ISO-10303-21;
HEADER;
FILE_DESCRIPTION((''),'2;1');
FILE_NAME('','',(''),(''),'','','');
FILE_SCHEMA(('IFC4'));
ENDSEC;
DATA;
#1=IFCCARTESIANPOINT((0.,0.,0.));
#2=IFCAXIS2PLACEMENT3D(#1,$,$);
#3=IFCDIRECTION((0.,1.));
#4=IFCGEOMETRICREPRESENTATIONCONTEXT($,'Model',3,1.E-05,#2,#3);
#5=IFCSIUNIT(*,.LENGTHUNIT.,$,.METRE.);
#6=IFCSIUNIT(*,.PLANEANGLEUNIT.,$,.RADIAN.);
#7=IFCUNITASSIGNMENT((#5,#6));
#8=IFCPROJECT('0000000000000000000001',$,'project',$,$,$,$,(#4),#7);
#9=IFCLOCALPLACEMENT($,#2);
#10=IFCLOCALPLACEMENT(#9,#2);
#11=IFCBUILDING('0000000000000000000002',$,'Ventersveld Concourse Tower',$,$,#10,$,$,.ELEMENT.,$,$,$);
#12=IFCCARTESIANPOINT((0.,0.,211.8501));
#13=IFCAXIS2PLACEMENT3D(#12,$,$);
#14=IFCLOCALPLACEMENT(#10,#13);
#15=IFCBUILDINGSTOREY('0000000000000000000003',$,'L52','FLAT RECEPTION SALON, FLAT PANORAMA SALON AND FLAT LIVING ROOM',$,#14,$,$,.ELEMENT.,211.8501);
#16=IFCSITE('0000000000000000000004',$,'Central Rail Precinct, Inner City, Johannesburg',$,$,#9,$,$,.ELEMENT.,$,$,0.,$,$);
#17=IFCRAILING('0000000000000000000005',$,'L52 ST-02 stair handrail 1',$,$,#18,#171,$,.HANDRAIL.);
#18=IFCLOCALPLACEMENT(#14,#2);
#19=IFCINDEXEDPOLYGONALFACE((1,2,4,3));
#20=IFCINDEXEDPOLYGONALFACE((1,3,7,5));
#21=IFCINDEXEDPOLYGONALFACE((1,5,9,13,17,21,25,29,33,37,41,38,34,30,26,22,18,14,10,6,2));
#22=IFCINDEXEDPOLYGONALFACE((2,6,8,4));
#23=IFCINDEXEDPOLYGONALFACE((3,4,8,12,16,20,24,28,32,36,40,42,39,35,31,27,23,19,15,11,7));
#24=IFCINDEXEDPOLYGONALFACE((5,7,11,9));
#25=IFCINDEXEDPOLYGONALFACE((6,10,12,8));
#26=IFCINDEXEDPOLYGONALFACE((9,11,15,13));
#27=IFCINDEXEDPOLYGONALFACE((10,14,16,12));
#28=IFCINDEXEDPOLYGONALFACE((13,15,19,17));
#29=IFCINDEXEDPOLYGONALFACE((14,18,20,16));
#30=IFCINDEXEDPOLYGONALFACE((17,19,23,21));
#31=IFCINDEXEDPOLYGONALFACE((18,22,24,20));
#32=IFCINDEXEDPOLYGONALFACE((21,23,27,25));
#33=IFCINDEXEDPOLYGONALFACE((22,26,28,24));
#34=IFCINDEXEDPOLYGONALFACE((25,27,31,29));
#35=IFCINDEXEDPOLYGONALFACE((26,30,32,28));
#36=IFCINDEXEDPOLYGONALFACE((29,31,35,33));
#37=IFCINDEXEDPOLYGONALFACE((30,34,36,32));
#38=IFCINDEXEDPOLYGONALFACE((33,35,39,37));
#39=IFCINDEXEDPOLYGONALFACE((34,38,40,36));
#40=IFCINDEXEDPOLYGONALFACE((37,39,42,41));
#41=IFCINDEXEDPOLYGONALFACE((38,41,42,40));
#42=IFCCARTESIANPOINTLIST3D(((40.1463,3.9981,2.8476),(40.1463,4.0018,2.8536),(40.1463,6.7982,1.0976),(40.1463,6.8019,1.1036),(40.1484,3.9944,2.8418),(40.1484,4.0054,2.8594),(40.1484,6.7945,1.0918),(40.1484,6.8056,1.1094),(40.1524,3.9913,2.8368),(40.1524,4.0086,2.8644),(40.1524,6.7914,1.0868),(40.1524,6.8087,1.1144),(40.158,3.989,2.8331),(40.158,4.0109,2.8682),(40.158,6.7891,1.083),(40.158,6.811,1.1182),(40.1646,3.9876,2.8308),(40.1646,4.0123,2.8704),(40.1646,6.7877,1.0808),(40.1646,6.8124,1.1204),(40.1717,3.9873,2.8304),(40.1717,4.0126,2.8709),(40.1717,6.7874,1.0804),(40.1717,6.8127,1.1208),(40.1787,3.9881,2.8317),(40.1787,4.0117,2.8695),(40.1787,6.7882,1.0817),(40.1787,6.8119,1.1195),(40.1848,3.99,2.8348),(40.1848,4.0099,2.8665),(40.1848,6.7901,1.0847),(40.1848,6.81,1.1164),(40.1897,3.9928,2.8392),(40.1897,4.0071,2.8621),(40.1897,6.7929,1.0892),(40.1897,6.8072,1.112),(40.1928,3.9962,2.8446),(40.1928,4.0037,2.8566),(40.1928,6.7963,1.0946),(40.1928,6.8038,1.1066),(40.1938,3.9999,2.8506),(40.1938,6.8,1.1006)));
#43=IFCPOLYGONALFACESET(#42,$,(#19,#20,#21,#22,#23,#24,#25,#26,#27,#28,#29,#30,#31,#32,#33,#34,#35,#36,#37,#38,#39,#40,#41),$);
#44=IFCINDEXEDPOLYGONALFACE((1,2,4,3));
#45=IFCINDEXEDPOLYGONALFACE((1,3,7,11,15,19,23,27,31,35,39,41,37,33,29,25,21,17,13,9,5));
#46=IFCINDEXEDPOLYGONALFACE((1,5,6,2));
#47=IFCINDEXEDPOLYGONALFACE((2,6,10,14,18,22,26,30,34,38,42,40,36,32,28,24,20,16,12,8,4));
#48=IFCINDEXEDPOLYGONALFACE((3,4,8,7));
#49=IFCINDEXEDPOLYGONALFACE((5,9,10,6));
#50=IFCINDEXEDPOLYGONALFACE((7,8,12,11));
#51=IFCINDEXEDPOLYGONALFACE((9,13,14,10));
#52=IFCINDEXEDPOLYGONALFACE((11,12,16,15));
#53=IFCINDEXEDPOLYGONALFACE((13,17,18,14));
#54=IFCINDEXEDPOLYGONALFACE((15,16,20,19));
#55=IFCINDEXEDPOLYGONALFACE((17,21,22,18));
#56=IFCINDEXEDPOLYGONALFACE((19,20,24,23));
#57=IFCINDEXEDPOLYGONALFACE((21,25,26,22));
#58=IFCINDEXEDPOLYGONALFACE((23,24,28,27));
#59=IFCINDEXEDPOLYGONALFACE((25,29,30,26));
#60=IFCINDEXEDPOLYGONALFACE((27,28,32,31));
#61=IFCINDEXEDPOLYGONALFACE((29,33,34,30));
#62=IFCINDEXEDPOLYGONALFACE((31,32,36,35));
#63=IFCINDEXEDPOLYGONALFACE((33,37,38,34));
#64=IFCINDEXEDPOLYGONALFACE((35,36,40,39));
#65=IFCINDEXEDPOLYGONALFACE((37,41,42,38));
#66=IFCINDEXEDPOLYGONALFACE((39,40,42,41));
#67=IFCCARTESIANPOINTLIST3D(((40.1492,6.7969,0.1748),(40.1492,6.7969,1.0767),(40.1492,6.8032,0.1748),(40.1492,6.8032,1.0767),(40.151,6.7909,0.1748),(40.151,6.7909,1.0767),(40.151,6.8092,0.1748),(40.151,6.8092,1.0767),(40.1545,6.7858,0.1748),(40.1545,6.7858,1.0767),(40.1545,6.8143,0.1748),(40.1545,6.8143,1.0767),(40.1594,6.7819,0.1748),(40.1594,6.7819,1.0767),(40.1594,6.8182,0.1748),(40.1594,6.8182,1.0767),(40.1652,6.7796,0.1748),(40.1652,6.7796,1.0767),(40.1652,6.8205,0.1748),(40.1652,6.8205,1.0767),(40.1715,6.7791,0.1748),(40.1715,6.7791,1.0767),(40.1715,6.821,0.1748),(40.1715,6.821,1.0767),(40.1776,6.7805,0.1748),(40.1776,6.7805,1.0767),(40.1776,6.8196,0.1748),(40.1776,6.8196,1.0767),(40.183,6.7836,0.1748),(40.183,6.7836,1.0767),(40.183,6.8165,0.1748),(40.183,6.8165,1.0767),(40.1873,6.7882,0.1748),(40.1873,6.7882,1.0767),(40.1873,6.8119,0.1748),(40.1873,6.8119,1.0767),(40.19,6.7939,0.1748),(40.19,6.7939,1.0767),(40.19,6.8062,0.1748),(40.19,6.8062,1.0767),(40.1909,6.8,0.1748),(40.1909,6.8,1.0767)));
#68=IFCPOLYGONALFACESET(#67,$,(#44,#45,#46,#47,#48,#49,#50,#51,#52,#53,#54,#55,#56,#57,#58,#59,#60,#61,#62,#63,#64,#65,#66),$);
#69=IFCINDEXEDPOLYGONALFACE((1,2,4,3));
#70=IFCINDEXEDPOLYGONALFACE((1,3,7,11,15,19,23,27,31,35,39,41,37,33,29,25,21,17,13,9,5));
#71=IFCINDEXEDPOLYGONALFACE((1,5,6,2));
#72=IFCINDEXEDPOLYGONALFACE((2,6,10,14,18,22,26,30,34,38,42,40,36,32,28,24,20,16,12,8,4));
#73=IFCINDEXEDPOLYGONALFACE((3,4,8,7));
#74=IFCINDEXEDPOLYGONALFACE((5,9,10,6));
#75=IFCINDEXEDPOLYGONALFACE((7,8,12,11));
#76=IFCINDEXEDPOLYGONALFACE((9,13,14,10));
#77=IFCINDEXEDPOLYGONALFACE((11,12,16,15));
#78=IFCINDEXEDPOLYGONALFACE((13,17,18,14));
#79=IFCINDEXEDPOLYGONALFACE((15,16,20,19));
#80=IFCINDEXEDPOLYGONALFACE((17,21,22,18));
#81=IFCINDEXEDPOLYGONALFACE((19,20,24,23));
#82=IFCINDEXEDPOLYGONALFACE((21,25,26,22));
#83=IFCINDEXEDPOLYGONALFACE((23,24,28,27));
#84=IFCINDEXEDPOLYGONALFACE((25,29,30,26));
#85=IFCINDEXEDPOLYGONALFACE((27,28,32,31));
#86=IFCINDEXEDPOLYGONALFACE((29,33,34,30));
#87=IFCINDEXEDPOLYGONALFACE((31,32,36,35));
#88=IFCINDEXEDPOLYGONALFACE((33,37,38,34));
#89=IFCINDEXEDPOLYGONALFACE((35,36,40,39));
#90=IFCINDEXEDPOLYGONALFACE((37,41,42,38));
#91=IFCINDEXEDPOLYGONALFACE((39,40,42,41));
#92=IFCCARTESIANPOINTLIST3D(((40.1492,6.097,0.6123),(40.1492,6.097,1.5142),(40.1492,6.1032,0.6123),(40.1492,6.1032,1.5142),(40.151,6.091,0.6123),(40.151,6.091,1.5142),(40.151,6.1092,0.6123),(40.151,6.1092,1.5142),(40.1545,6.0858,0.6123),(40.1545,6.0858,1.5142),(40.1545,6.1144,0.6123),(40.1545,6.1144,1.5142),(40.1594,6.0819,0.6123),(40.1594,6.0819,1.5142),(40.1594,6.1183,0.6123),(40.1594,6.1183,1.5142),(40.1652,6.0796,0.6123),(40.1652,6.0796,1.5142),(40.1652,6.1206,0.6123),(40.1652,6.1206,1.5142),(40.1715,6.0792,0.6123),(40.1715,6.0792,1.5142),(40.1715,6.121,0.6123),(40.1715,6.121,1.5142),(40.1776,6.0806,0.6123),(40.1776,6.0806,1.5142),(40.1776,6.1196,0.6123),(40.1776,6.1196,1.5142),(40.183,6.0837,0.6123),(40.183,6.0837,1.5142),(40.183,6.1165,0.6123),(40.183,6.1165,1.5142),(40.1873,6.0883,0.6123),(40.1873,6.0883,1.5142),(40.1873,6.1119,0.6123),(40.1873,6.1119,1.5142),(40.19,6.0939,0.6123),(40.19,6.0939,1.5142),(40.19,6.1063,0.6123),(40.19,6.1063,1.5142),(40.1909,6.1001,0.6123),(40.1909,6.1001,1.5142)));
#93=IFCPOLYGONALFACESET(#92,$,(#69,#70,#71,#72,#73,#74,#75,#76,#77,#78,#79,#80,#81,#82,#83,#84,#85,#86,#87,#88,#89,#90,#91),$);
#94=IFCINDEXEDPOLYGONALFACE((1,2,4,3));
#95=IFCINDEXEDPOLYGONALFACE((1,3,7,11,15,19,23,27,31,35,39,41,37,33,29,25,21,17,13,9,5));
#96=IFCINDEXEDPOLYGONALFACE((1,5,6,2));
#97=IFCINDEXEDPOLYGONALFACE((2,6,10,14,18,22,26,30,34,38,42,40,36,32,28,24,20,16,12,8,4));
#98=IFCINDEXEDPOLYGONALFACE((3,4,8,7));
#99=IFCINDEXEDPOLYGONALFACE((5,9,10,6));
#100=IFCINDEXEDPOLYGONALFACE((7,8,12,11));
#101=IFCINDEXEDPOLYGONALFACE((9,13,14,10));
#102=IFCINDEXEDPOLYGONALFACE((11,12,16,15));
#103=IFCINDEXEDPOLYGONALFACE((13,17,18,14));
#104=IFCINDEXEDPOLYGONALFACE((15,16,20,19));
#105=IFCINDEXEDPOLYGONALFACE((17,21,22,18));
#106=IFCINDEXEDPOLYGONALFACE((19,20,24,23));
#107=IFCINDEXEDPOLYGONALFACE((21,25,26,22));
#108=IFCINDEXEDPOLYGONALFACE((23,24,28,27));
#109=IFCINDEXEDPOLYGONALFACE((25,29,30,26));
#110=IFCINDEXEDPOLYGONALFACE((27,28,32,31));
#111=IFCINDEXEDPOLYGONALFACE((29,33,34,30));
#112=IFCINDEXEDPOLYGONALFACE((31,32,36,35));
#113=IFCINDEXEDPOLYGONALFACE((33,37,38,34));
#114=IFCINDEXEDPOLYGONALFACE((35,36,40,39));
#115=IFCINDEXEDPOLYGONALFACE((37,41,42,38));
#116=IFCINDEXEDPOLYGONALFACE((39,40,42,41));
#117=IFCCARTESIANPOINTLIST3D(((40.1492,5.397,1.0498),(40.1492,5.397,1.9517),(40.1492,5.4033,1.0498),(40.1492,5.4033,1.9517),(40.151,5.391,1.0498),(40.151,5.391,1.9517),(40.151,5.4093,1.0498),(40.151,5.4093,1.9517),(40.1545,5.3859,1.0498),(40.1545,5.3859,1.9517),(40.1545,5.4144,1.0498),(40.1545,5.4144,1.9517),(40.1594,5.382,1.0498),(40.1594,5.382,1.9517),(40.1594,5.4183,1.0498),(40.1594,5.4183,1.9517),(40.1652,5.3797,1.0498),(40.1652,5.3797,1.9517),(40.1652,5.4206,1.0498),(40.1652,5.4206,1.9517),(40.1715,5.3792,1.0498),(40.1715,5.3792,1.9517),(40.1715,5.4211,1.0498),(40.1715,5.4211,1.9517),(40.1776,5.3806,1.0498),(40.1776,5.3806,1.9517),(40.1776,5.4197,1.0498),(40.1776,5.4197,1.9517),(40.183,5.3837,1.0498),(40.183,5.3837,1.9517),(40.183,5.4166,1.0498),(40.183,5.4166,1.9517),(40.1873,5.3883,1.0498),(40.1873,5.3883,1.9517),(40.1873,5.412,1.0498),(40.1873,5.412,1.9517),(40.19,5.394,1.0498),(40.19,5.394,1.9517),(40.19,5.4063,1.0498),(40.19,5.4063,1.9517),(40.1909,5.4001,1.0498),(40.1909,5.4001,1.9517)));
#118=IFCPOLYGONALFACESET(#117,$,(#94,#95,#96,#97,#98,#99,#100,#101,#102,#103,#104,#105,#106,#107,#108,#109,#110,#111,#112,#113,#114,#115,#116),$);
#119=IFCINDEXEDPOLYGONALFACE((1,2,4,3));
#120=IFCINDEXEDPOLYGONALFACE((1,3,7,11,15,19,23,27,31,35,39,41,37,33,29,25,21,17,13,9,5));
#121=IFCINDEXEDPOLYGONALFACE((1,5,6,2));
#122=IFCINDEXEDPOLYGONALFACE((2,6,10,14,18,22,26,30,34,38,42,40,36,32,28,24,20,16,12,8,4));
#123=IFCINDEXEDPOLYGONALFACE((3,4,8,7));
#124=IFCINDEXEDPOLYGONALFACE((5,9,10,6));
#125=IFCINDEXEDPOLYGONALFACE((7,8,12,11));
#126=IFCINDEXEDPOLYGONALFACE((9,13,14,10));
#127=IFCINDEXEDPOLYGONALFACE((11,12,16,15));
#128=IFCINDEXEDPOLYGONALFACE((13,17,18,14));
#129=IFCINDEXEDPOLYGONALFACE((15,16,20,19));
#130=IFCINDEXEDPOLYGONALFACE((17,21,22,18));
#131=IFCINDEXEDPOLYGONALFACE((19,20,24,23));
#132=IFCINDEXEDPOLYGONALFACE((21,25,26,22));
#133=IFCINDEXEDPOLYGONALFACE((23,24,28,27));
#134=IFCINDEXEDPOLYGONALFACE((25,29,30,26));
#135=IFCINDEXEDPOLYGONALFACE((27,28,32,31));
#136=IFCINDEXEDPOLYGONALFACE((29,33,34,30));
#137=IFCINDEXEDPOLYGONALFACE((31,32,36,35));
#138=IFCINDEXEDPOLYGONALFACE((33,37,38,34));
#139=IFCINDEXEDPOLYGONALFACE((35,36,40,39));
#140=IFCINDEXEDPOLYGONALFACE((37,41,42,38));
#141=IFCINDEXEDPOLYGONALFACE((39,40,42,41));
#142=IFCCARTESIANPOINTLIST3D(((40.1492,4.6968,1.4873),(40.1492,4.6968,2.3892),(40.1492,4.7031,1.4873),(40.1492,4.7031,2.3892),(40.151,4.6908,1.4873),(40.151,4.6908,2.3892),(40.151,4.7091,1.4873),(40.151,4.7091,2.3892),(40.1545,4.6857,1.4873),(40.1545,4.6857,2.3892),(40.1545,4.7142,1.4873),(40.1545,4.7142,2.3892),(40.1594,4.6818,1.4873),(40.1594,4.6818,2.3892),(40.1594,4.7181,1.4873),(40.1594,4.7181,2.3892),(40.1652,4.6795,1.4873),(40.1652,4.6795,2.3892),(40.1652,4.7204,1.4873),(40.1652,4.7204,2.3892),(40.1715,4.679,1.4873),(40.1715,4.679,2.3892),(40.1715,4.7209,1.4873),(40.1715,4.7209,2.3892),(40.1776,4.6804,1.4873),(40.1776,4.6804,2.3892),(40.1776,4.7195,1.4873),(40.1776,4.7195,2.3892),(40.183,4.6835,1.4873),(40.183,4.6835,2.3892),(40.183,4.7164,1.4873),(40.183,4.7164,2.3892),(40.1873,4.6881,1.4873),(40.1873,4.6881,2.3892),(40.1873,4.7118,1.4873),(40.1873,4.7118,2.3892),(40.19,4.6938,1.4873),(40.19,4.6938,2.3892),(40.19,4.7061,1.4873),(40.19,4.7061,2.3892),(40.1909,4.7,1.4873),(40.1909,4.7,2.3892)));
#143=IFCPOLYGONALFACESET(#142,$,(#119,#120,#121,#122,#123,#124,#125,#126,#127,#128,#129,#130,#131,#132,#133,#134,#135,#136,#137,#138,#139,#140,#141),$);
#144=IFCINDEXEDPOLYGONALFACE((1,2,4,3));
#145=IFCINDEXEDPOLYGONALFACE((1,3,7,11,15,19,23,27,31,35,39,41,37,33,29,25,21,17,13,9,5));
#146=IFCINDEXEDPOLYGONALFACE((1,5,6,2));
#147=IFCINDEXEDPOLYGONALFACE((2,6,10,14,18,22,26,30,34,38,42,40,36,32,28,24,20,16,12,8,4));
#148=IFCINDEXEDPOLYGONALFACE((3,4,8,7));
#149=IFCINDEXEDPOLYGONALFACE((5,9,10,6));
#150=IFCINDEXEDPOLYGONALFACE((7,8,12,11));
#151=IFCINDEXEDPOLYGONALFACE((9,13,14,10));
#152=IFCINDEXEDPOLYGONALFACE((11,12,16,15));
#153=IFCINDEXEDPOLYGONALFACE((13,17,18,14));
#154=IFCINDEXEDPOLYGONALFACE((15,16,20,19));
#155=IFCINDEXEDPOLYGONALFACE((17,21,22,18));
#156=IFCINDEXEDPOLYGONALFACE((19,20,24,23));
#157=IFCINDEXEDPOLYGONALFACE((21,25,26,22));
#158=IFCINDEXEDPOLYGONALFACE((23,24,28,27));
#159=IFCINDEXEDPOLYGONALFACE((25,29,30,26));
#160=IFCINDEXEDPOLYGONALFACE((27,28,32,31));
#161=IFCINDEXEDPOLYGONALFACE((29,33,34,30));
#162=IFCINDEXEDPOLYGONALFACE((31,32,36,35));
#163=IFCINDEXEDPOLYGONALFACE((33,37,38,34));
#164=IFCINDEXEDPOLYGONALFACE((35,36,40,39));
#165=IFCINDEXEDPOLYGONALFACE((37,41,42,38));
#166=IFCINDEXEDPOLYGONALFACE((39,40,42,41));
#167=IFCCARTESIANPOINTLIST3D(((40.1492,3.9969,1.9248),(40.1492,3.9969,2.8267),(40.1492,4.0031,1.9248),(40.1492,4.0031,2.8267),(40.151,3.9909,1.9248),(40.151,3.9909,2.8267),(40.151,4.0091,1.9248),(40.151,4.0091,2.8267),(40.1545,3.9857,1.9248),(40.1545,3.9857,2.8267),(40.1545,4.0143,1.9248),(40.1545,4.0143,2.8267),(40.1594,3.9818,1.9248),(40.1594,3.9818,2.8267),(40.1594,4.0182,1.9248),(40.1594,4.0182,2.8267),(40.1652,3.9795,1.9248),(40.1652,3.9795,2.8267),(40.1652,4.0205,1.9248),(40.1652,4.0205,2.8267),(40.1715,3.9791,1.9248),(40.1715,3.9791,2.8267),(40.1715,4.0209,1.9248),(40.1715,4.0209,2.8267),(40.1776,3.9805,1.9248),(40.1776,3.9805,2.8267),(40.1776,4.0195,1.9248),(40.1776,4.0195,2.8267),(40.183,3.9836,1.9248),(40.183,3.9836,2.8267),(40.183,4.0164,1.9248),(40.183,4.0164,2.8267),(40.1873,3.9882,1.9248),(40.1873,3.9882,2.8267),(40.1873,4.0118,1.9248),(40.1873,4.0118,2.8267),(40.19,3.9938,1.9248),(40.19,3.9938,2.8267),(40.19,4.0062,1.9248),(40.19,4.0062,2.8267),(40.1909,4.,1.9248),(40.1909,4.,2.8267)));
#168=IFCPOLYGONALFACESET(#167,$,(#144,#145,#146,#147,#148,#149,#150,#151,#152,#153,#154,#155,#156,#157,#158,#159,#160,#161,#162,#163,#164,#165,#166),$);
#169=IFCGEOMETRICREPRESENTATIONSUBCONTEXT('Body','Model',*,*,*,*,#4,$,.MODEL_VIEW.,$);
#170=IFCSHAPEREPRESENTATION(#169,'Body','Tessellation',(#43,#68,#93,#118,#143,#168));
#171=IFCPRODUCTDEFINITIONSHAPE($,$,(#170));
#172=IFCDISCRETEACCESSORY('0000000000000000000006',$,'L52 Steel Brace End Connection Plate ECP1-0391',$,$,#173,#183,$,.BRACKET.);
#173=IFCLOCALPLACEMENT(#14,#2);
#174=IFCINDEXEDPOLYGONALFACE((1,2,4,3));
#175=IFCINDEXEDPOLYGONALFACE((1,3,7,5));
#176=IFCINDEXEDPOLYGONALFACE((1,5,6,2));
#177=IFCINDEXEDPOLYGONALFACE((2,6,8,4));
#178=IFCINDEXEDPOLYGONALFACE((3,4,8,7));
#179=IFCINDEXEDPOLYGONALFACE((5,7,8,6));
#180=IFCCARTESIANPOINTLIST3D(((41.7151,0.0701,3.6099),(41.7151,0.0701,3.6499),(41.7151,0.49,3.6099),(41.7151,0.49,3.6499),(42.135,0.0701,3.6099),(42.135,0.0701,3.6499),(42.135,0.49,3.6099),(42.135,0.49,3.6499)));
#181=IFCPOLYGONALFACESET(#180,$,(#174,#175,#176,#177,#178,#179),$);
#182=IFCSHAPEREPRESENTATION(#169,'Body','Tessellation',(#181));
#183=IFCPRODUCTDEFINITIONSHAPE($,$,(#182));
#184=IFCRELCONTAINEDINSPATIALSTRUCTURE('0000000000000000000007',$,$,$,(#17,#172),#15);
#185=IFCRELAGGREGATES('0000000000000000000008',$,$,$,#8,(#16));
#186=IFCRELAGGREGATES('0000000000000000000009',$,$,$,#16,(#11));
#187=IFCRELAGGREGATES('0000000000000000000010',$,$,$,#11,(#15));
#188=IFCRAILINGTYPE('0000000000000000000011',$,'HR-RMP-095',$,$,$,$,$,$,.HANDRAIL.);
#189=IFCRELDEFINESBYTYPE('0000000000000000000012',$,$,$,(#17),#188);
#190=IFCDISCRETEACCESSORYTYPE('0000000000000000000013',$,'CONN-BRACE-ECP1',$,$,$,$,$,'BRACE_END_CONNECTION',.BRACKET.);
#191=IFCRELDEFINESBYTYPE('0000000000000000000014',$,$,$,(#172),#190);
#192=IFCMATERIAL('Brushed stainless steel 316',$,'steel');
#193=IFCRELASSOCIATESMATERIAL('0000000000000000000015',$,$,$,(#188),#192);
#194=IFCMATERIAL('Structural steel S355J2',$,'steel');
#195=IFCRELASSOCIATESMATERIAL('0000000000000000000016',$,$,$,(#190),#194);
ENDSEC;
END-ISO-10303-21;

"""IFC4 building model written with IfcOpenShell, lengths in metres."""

from ifc_helpers import new_model, si_unit, direction, frame, origin, origin_2d, place, context, subcontext, project, spatial, rectangle, circle, extrude, material, type_object, element, save


model = new_model("IFC4")

# Units and contexts
model_context = context("Model", 3, precision=1e-05, world=origin(), true_north=direction((0.0, 1.0)))
body_context = subcontext(model_context, "Body", "Model", "MODEL_VIEW")
ifc_project = project(units=[si_unit("LENGTHUNIT", "METRE"), si_unit("PLANEANGLEUNIT", "RADIAN")], contexts=[model_context])

# Site, building, storey
site_placement = place(None, origin())
site = spatial("IfcSite", under=ifc_project, at=site_placement, Name="Central Rail Precinct, Inner City, Johannesburg", CompositionType="ELEMENT", RefElevation=0.0)
building_placement = place(site_placement, origin())
building = spatial("IfcBuilding", under=site, at=building_placement, Name="Ventersveld Concourse Tower", CompositionType="ELEMENT")
storey_placement = place(building_placement, frame((0.0, 0.0, 211.8501)))
storey = spatial("IfcBuildingStorey", under=building, at=storey_placement, Name="L52", Description="FLAT RECEPTION SALON, FLAT PANORAMA SALON AND FLAT LIVING ROOM", CompositionType="ELEMENT", Elevation=211.8501)

# Shared definitions
ifc_material_1 = material(Name="Structural steel S355J2", Category="steel")

# Shared definitions
ifc_material_2 = material(Name="Brushed stainless steel 316", Category="steel")

# Railing
railing_type_1 = type_object("IfcRailingType", Name="HR-RMP-095", PredefinedType="HANDRAIL", material=ifc_material_2)
railing_1_placement = place(storey_placement, frame((40.1699, 6.8, 0.1748)))
element("IfcRailing", 1, at=railing_1_placement, inside=storey, type_object=railing_type_1, Name="L52 ST-02 stair handrail 1", PredefinedType="HANDRAIL", context=body_context, shape_type="SweptSolid", body=[
    extrude(circle(Radius=0.0239, at=origin_2d()), frame((0.0, 0.0, 0.9258), z_axis=(0.0, -0.848002, 0.529992), x_axis=(1.0, 0.0, 0.0)), (0.0, 0.0, 1.0), 3.302),
    extrude(circle(Radius=0.021, at=origin_2d()), origin(), (0.0, 0.0, 1.0), 0.9019),
    extrude(circle(Radius=0.021, at=origin_2d()), frame((0.0, -0.7, 0.4375)), (0.0, 0.0, 1.0), 0.9019),
    extrude(circle(Radius=0.021, at=origin_2d()), frame((0.0, -1.3999, 0.875)), (0.0, 0.0, 1.0), 0.9019),
    extrude(circle(Radius=0.021, at=origin_2d()), frame((0.0, -2.1001, 1.3125)), (0.0, 0.0, 1.0), 0.9019),
    extrude(circle(Radius=0.021, at=origin_2d()), frame((0.0, -2.8, 1.75)), (0.0, 0.0, 1.0), 0.9019),
])

# Discrete accessory
discrete_accessory_type = type_object("IfcDiscreteAccessoryType", Name="CONN-BRACE-ECP1", ElementType="BRACE_END_CONNECTION", PredefinedType="BRACKET", material=ifc_material_1)
discrete_accessory_placement = place(storey_placement, frame((41.925, 0.28, 3.6099), z_axis=(0.0, 0.0, 1.0), x_axis=(1.0, 0.0, 0.0)))
element("IfcDiscreteAccessory", 2, at=discrete_accessory_placement, inside=storey, type_object=discrete_accessory_type, Name="L52 Steel Brace End Connection Plate ECP1-0391", PredefinedType="BRACKET", context=body_context, shape_type="SweptSolid", body=[
    extrude(rectangle(XDim=0.4199, YDim=0.4199, at=origin_2d()), origin(), (0.0, 0.0, 1.0), 0.04),
])

save(model, "model.ifc")
